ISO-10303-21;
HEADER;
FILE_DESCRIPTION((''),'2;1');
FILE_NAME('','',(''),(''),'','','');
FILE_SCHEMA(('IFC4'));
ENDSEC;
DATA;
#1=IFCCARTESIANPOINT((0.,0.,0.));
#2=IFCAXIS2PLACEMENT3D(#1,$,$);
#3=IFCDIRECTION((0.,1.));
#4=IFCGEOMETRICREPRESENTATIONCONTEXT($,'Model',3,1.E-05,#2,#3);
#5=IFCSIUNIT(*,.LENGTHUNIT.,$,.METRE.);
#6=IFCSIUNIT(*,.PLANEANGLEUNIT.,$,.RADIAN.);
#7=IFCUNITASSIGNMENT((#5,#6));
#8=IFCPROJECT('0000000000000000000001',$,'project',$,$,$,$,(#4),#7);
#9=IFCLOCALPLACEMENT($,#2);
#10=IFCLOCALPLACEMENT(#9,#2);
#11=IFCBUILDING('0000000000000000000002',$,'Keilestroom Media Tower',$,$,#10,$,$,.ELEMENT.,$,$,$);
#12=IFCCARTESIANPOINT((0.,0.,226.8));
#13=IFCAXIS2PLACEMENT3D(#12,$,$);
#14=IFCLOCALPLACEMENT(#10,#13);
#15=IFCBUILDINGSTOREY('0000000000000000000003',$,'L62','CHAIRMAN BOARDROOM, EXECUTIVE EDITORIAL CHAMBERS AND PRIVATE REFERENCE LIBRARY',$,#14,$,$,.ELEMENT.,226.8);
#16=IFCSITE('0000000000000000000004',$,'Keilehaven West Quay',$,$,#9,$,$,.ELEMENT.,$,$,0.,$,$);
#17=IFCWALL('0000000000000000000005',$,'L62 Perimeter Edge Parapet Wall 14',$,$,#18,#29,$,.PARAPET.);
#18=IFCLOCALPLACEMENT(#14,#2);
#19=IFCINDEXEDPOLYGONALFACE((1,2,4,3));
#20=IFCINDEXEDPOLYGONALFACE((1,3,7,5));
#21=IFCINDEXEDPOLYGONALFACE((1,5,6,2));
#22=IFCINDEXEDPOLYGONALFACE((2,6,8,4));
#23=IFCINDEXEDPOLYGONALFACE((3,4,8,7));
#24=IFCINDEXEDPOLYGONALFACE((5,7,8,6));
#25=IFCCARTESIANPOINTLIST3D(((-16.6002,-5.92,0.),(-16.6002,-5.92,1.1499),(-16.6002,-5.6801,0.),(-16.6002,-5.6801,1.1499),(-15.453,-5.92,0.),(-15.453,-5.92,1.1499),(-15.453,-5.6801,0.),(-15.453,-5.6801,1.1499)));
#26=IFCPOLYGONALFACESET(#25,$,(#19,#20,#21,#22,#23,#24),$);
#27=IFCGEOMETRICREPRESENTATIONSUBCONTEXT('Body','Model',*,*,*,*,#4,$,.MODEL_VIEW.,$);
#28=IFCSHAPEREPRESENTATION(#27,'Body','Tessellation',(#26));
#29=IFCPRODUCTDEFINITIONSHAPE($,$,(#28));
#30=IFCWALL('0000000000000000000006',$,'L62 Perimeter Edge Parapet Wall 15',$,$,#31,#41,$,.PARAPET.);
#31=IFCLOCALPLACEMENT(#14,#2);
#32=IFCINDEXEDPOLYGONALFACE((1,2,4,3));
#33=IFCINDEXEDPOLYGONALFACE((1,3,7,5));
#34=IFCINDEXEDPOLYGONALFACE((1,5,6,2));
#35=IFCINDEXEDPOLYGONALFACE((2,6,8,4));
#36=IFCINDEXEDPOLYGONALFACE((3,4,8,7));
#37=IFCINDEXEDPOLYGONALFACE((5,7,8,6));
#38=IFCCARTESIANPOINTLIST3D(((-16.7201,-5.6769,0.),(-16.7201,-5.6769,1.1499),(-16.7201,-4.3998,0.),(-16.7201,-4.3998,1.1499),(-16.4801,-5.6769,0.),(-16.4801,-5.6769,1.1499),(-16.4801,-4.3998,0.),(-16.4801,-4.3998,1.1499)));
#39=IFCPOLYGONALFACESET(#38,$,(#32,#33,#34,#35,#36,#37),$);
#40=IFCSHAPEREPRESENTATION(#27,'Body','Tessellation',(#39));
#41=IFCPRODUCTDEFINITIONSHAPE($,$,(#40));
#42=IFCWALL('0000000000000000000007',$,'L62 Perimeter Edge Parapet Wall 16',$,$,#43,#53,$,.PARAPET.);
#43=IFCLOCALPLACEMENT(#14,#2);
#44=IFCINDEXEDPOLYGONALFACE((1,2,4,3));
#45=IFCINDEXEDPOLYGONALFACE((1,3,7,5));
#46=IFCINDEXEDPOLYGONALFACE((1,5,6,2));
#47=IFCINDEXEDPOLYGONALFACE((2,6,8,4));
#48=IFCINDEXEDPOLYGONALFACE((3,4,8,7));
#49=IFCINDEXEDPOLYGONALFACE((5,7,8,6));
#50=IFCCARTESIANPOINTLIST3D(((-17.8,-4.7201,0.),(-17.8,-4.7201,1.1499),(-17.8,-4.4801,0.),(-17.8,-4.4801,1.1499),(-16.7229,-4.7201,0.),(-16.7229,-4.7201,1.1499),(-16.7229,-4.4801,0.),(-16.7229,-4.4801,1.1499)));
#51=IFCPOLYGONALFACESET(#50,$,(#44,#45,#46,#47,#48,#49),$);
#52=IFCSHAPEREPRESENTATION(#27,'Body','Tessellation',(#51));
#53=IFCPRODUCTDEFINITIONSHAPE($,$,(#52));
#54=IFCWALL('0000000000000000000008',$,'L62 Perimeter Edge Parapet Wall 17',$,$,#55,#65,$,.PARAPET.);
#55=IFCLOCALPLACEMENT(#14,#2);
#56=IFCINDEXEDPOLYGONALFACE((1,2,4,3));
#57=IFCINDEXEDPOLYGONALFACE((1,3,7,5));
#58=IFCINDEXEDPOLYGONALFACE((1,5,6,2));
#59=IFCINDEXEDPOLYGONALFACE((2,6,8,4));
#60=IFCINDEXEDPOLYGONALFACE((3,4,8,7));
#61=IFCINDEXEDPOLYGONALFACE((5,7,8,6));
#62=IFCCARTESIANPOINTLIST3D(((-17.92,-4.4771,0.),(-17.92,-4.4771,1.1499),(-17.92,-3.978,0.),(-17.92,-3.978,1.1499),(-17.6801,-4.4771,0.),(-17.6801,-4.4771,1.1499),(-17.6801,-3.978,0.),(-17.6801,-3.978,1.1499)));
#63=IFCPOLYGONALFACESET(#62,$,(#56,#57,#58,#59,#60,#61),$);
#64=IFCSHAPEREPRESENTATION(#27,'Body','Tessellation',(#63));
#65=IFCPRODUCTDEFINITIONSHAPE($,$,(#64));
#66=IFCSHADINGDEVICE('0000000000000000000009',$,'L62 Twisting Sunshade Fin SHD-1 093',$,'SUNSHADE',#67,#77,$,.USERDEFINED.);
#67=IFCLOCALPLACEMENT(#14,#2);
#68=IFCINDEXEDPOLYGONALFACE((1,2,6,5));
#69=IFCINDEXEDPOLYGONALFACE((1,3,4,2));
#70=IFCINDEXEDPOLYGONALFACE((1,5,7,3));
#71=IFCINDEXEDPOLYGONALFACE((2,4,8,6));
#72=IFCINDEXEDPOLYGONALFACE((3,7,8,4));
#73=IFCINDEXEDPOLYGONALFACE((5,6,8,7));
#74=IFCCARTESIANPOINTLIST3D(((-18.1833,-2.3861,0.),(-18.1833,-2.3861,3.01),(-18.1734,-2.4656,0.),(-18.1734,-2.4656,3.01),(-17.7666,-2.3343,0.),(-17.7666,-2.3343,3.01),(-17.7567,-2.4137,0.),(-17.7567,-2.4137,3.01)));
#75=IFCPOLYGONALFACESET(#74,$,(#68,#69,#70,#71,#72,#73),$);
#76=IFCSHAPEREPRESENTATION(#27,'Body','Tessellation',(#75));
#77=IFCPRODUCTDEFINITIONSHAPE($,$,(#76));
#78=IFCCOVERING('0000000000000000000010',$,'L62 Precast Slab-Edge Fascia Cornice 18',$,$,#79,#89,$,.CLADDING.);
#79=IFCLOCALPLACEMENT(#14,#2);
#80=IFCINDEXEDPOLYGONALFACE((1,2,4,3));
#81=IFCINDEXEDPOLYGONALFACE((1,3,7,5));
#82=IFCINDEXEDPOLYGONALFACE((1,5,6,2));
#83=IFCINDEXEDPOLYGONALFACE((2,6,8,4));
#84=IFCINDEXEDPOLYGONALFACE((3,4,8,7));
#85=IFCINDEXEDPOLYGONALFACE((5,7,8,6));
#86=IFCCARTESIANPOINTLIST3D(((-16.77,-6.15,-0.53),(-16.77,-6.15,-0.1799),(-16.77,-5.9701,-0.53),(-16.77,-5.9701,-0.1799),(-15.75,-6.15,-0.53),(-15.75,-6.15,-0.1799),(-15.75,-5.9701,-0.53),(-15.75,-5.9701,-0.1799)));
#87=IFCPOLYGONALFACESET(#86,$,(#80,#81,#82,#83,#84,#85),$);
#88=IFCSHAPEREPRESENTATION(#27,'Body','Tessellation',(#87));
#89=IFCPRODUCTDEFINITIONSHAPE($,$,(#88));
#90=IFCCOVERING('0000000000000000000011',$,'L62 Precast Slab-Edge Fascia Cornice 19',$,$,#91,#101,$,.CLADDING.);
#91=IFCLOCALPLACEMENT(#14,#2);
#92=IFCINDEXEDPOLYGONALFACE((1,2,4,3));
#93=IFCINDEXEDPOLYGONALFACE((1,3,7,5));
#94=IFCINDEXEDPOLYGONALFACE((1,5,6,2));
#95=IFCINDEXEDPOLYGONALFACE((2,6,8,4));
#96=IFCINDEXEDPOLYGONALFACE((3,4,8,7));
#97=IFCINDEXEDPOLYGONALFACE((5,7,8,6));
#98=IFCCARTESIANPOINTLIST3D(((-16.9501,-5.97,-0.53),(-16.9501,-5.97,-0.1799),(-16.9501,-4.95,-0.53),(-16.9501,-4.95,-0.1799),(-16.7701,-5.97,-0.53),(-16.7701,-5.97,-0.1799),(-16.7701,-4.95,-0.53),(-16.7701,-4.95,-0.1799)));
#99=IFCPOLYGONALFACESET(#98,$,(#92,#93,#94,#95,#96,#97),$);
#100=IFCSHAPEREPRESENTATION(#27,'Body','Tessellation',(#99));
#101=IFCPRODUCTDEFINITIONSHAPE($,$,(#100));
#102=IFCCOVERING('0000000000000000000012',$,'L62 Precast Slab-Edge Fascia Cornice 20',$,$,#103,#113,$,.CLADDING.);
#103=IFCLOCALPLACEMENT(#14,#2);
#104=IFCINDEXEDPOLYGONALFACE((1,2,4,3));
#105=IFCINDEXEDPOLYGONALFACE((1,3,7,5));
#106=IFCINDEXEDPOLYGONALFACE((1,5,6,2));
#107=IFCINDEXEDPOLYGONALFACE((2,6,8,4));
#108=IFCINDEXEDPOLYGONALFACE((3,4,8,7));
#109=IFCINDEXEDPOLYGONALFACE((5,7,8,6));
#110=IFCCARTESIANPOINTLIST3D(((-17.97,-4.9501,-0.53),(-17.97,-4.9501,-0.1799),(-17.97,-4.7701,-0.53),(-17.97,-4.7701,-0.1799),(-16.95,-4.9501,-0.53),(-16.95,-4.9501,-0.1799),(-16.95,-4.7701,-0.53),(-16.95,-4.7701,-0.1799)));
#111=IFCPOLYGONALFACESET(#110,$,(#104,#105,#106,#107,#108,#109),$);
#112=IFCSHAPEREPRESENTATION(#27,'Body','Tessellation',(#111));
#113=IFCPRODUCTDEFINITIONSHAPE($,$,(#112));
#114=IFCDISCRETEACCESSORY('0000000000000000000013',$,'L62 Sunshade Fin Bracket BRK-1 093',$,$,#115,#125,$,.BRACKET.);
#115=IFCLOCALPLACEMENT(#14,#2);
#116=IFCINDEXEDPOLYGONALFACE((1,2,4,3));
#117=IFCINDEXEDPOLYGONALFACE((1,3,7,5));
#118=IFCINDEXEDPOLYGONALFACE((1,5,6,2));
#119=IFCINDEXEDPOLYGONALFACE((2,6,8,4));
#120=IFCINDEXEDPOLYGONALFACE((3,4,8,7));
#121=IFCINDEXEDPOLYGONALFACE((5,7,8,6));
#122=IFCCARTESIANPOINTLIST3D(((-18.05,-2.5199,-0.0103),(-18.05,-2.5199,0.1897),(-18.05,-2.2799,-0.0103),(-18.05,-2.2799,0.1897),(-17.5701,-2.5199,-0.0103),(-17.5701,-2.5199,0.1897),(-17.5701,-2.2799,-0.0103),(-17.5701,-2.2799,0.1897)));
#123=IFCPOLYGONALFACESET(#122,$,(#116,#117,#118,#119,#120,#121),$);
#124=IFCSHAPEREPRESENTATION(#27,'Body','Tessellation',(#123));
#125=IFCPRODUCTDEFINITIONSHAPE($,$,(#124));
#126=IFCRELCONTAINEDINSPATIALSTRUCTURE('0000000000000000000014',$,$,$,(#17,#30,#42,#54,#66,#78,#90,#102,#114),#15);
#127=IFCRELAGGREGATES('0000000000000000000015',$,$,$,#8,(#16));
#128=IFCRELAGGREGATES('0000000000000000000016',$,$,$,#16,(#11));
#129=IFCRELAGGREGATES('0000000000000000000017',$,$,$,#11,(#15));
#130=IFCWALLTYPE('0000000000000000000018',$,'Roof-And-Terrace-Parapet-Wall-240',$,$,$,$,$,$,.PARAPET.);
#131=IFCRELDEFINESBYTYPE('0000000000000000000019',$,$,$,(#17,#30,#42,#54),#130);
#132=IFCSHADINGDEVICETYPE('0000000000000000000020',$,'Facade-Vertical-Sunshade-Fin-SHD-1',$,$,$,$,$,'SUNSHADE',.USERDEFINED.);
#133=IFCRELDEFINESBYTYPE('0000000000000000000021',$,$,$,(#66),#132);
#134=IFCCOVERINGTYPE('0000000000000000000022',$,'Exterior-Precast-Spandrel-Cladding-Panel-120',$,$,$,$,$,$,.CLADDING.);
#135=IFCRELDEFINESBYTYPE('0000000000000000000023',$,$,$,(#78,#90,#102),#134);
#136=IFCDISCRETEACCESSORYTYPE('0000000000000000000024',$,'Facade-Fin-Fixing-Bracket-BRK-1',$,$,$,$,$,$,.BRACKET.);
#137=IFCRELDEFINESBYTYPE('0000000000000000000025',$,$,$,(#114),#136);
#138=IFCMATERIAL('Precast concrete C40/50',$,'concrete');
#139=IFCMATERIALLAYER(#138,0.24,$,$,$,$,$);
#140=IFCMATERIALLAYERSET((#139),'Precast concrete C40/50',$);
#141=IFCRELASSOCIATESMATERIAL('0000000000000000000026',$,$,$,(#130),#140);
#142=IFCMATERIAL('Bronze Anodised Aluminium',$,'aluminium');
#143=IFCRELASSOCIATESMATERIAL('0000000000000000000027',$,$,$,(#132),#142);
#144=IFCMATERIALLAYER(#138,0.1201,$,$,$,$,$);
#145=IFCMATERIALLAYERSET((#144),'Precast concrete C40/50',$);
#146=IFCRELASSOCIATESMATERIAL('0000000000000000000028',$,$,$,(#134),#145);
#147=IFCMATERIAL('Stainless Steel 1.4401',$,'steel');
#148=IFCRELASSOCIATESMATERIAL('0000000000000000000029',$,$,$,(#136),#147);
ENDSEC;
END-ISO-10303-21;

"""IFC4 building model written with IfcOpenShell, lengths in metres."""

from ifc_helpers import new_model, si_unit, direction, frame, frame_2d, origin, origin_2d, place, context, subcontext, project, spatial, rectangle, extrude, source, transform, mapped, material, layer, layer_set, type_object, element, save


model = new_model("IFC4")

# Units and contexts
model_context = context("Model", 3, precision=1e-05, world=origin(), true_north=direction((0.0, 1.0)))
body_context = subcontext(model_context, "Body", "Model", "MODEL_VIEW")
ifc_project = project(units=[si_unit("LENGTHUNIT", "METRE"), si_unit("PLANEANGLEUNIT", "RADIAN")], contexts=[model_context])

# Site, building, storey
site_placement = place(None, origin())
site = spatial("IfcSite", under=ifc_project, at=site_placement, Name="Keilehaven West Quay", CompositionType="ELEMENT", RefElevation=0.0)
building_placement = place(site_placement, origin())
building = spatial("IfcBuilding", under=site, at=building_placement, Name="Keilestroom Media Tower", CompositionType="ELEMENT")
storey_placement = place(building_placement, frame((0.0, 0.0, 226.8)))
storey = spatial("IfcBuildingStorey", under=building, at=storey_placement, Name="L62", Description="CHAIRMAN BOARDROOM, EXECUTIVE EDITORIAL CHAMBERS AND PRIVATE REFERENCE LIBRARY", CompositionType="ELEMENT", Elevation=226.8)

# Shared definitions
ifc_material_1 = material(Name="Precast concrete C40/50", Category="concrete")

# Walls
ifc_layer_1 = layer(ifc_material_1, 0.24)
ifc_layer_set_1 = layer_set([ifc_layer_1], Name="Precast concrete C40/50")
wall_type = type_object("IfcWallType", Name="Roof-And-Terrace-Parapet-Wall-240", PredefinedType="PARAPET", material=ifc_layer_set_1)
wall_1_placement = place(storey_placement, frame((-15.4529, -5.8, 0.0), z_axis=(0.0, 0.0, 1.0), x_axis=(-1.0, 0.0, 0.0)))
element("IfcWall", 1, at=wall_1_placement, inside=storey, type_object=wall_type, Name="L62 Perimeter Edge Parapet Wall 14", PredefinedType="PARAPET", context=body_context, shape_type="SweptSolid", body=[
    extrude(rectangle(XDim=1.1472, YDim=0.24, at=frame_2d((0.5737, 0.0))), origin(), (0.0, 0.0, 1.0), 1.1499),
])
wall_2_placement = place(storey_placement, frame((-16.6001, -5.677, 0.0), z_axis=(0.0, 0.0, 1.0), x_axis=(0.0, 1.0, 0.0)))
element("IfcWall", 2, at=wall_2_placement, inside=storey, type_object=wall_type, Name="L62 Perimeter Edge Parapet Wall 15", PredefinedType="PARAPET", context=body_context, shape_type="SweptSolid", body=[
    extrude(rectangle(XDim=1.2771, YDim=0.24, at=frame_2d((0.6387, 0.0))), origin(), (0.0, 0.0, 1.0), 1.1499),
])
wall_3_placement = place(storey_placement, frame((-16.7229, -4.6001, 0.0), z_axis=(0.0, 0.0, 1.0), x_axis=(-1.0, 0.0, 0.0)))
element("IfcWall", 3, at=wall_3_placement, inside=storey, type_object=wall_type, Name="L62 Perimeter Edge Parapet Wall 16", PredefinedType="PARAPET", context=body_context, shape_type="SweptSolid", body=[
    extrude(rectangle(XDim=1.0771, YDim=0.24, at=frame_2d((0.5386, 0.0))), origin(), (0.0, 0.0, 1.0), 1.1499),
])
wall_4_placement = place(storey_placement, frame((-17.8, -4.4771, 0.0), z_axis=(0.0, 0.0, 1.0), x_axis=(0.0, 1.0, 0.0)))
element("IfcWall", 4, at=wall_4_placement, inside=storey, type_object=wall_type, Name="L62 Perimeter Edge Parapet Wall 17", PredefinedType="PARAPET", context=body_context, shape_type="SweptSolid", body=[
    extrude(rectangle(XDim=0.499, YDim=0.24, at=frame_2d((0.2495, 0.0))), origin(), (0.0, 0.0, 1.0), 1.1499),
])

# Shading device
ifc_material_2 = material(Name="Bronze Anodised Aluminium", Category="aluminium")
shading_device_type = type_object("IfcShadingDeviceType", Name="Facade-Vertical-Sunshade-Fin-SHD-1", ElementType="SUNSHADE", PredefinedType="USERDEFINED", material=ifc_material_2)
shared_shape_1 = source(origin(), body_context, "Body", "SweptSolid", [
    extrude(rectangle(XDim=0.4199, YDim=0.0801, at=origin_2d()), origin(), (0.0, 0.0, 1.0), 3.01),
])
shading_device_placement = place(storey_placement, frame((-17.97, -2.3999, 0.0), z_axis=(0.0, 0.0, 1.0), x_axis=(0.992353, 0.123428, 0.0)))
element("IfcShadingDevice", 5, at=shading_device_placement, inside=storey, type_object=shading_device_type, Name="L62 Twisting Sunshade Fin SHD-1 093", ObjectType="SUNSHADE", PredefinedType="USERDEFINED", context=body_context, shape_type="MappedRepresentation", body=[
    mapped(shared_shape_1, transform((0.0, 0.0, 0.0), x_axis=(1.0, 0.0, 0.0), y_axis=(0.0, 1.0, 0.0), z_axis=(0.0, 0.0, 1.0), scale=1.0)),
])

# Coverings
ifc_layer_2 = layer(ifc_material_1, 0.1201)
ifc_layer_set_2 = layer_set([ifc_layer_2], Name="Precast concrete C40/50")
covering_type = type_object("IfcCoveringType", Name="Exterior-Precast-Spandrel-Cladding-Panel-120", PredefinedType="CLADDING", material=ifc_layer_set_2)
shared_shape_2 = source(origin(), body_context, "Body", "SweptSolid", [
    extrude(rectangle(XDim=1.02, YDim=0.1799, at=origin_2d()), origin(), (0.0, 0.0, 1.0), 0.3501),
])
for number, where, z_axis, x_axis, name in (
    (6, (-16.26, -6.0601, -0.53), (0.0, 0.0, 1.0), (-1.0, 0.0, 0.0), "L62 Precast Slab-Edge Fascia Cornice 18"),
    (7, (-16.8601, -5.46, -0.53), (0.0, 0.0, 1.0), (0.0, 1.0, 0.0), "L62 Precast Slab-Edge Fascia Cornice 19"),
    (8, (-17.46, -4.8601, -0.53), (0.0, 0.0, 1.0), (-1.0, 0.0, 0.0), "L62 Precast Slab-Edge Fascia Cornice 20"),
):
    element("IfcCovering", number, at=place(storey_placement, frame(where, z_axis=z_axis, x_axis=x_axis)), inside=storey, type_object=covering_type, Name=name, PredefinedType="CLADDING", context=body_context, shape_type="MappedRepresentation", body=[
        mapped(shared_shape_2, transform((0.0, 0.0, 0.0), x_axis=(1.0, 0.0, 0.0), y_axis=(0.0, 1.0, 0.0), z_axis=(0.0, 0.0, 1.0), scale=1.0)),
    ])

# Discrete accessory
ifc_material_3 = material(Name="Stainless Steel 1.4401", Category="steel")
discrete_accessory_type = type_object("IfcDiscreteAccessoryType", Name="Facade-Fin-Fixing-Bracket-BRK-1", PredefinedType="BRACKET", material=ifc_material_3)
shared_shape_3 = source(origin(), body_context, "Body", "SweptSolid", [
    extrude(rectangle(XDim=0.48, YDim=0.24, at=origin_2d()), origin(), (0.0, 0.0, 1.0), 0.2),
])
discrete_accessory_placement = place(storey_placement, frame((-17.8101, -2.3999, -0.0103), z_axis=(0.0, 0.0, 1.0), x_axis=(1.0, 0.0, 0.0)))
element("IfcDiscreteAccessory", 9, at=discrete_accessory_placement, inside=storey, type_object=discrete_accessory_type, Name="L62 Sunshade Fin Bracket BRK-1 093", PredefinedType="BRACKET", context=body_context, shape_type="MappedRepresentation", body=[
    mapped(shared_shape_3, transform((0.0, 0.0, 0.0), x_axis=(1.0, 0.0, 0.0), y_axis=(0.0, 1.0, 0.0), z_axis=(0.0, 0.0, 1.0), scale=1.0)),
])

save(model, "model.ifc")
